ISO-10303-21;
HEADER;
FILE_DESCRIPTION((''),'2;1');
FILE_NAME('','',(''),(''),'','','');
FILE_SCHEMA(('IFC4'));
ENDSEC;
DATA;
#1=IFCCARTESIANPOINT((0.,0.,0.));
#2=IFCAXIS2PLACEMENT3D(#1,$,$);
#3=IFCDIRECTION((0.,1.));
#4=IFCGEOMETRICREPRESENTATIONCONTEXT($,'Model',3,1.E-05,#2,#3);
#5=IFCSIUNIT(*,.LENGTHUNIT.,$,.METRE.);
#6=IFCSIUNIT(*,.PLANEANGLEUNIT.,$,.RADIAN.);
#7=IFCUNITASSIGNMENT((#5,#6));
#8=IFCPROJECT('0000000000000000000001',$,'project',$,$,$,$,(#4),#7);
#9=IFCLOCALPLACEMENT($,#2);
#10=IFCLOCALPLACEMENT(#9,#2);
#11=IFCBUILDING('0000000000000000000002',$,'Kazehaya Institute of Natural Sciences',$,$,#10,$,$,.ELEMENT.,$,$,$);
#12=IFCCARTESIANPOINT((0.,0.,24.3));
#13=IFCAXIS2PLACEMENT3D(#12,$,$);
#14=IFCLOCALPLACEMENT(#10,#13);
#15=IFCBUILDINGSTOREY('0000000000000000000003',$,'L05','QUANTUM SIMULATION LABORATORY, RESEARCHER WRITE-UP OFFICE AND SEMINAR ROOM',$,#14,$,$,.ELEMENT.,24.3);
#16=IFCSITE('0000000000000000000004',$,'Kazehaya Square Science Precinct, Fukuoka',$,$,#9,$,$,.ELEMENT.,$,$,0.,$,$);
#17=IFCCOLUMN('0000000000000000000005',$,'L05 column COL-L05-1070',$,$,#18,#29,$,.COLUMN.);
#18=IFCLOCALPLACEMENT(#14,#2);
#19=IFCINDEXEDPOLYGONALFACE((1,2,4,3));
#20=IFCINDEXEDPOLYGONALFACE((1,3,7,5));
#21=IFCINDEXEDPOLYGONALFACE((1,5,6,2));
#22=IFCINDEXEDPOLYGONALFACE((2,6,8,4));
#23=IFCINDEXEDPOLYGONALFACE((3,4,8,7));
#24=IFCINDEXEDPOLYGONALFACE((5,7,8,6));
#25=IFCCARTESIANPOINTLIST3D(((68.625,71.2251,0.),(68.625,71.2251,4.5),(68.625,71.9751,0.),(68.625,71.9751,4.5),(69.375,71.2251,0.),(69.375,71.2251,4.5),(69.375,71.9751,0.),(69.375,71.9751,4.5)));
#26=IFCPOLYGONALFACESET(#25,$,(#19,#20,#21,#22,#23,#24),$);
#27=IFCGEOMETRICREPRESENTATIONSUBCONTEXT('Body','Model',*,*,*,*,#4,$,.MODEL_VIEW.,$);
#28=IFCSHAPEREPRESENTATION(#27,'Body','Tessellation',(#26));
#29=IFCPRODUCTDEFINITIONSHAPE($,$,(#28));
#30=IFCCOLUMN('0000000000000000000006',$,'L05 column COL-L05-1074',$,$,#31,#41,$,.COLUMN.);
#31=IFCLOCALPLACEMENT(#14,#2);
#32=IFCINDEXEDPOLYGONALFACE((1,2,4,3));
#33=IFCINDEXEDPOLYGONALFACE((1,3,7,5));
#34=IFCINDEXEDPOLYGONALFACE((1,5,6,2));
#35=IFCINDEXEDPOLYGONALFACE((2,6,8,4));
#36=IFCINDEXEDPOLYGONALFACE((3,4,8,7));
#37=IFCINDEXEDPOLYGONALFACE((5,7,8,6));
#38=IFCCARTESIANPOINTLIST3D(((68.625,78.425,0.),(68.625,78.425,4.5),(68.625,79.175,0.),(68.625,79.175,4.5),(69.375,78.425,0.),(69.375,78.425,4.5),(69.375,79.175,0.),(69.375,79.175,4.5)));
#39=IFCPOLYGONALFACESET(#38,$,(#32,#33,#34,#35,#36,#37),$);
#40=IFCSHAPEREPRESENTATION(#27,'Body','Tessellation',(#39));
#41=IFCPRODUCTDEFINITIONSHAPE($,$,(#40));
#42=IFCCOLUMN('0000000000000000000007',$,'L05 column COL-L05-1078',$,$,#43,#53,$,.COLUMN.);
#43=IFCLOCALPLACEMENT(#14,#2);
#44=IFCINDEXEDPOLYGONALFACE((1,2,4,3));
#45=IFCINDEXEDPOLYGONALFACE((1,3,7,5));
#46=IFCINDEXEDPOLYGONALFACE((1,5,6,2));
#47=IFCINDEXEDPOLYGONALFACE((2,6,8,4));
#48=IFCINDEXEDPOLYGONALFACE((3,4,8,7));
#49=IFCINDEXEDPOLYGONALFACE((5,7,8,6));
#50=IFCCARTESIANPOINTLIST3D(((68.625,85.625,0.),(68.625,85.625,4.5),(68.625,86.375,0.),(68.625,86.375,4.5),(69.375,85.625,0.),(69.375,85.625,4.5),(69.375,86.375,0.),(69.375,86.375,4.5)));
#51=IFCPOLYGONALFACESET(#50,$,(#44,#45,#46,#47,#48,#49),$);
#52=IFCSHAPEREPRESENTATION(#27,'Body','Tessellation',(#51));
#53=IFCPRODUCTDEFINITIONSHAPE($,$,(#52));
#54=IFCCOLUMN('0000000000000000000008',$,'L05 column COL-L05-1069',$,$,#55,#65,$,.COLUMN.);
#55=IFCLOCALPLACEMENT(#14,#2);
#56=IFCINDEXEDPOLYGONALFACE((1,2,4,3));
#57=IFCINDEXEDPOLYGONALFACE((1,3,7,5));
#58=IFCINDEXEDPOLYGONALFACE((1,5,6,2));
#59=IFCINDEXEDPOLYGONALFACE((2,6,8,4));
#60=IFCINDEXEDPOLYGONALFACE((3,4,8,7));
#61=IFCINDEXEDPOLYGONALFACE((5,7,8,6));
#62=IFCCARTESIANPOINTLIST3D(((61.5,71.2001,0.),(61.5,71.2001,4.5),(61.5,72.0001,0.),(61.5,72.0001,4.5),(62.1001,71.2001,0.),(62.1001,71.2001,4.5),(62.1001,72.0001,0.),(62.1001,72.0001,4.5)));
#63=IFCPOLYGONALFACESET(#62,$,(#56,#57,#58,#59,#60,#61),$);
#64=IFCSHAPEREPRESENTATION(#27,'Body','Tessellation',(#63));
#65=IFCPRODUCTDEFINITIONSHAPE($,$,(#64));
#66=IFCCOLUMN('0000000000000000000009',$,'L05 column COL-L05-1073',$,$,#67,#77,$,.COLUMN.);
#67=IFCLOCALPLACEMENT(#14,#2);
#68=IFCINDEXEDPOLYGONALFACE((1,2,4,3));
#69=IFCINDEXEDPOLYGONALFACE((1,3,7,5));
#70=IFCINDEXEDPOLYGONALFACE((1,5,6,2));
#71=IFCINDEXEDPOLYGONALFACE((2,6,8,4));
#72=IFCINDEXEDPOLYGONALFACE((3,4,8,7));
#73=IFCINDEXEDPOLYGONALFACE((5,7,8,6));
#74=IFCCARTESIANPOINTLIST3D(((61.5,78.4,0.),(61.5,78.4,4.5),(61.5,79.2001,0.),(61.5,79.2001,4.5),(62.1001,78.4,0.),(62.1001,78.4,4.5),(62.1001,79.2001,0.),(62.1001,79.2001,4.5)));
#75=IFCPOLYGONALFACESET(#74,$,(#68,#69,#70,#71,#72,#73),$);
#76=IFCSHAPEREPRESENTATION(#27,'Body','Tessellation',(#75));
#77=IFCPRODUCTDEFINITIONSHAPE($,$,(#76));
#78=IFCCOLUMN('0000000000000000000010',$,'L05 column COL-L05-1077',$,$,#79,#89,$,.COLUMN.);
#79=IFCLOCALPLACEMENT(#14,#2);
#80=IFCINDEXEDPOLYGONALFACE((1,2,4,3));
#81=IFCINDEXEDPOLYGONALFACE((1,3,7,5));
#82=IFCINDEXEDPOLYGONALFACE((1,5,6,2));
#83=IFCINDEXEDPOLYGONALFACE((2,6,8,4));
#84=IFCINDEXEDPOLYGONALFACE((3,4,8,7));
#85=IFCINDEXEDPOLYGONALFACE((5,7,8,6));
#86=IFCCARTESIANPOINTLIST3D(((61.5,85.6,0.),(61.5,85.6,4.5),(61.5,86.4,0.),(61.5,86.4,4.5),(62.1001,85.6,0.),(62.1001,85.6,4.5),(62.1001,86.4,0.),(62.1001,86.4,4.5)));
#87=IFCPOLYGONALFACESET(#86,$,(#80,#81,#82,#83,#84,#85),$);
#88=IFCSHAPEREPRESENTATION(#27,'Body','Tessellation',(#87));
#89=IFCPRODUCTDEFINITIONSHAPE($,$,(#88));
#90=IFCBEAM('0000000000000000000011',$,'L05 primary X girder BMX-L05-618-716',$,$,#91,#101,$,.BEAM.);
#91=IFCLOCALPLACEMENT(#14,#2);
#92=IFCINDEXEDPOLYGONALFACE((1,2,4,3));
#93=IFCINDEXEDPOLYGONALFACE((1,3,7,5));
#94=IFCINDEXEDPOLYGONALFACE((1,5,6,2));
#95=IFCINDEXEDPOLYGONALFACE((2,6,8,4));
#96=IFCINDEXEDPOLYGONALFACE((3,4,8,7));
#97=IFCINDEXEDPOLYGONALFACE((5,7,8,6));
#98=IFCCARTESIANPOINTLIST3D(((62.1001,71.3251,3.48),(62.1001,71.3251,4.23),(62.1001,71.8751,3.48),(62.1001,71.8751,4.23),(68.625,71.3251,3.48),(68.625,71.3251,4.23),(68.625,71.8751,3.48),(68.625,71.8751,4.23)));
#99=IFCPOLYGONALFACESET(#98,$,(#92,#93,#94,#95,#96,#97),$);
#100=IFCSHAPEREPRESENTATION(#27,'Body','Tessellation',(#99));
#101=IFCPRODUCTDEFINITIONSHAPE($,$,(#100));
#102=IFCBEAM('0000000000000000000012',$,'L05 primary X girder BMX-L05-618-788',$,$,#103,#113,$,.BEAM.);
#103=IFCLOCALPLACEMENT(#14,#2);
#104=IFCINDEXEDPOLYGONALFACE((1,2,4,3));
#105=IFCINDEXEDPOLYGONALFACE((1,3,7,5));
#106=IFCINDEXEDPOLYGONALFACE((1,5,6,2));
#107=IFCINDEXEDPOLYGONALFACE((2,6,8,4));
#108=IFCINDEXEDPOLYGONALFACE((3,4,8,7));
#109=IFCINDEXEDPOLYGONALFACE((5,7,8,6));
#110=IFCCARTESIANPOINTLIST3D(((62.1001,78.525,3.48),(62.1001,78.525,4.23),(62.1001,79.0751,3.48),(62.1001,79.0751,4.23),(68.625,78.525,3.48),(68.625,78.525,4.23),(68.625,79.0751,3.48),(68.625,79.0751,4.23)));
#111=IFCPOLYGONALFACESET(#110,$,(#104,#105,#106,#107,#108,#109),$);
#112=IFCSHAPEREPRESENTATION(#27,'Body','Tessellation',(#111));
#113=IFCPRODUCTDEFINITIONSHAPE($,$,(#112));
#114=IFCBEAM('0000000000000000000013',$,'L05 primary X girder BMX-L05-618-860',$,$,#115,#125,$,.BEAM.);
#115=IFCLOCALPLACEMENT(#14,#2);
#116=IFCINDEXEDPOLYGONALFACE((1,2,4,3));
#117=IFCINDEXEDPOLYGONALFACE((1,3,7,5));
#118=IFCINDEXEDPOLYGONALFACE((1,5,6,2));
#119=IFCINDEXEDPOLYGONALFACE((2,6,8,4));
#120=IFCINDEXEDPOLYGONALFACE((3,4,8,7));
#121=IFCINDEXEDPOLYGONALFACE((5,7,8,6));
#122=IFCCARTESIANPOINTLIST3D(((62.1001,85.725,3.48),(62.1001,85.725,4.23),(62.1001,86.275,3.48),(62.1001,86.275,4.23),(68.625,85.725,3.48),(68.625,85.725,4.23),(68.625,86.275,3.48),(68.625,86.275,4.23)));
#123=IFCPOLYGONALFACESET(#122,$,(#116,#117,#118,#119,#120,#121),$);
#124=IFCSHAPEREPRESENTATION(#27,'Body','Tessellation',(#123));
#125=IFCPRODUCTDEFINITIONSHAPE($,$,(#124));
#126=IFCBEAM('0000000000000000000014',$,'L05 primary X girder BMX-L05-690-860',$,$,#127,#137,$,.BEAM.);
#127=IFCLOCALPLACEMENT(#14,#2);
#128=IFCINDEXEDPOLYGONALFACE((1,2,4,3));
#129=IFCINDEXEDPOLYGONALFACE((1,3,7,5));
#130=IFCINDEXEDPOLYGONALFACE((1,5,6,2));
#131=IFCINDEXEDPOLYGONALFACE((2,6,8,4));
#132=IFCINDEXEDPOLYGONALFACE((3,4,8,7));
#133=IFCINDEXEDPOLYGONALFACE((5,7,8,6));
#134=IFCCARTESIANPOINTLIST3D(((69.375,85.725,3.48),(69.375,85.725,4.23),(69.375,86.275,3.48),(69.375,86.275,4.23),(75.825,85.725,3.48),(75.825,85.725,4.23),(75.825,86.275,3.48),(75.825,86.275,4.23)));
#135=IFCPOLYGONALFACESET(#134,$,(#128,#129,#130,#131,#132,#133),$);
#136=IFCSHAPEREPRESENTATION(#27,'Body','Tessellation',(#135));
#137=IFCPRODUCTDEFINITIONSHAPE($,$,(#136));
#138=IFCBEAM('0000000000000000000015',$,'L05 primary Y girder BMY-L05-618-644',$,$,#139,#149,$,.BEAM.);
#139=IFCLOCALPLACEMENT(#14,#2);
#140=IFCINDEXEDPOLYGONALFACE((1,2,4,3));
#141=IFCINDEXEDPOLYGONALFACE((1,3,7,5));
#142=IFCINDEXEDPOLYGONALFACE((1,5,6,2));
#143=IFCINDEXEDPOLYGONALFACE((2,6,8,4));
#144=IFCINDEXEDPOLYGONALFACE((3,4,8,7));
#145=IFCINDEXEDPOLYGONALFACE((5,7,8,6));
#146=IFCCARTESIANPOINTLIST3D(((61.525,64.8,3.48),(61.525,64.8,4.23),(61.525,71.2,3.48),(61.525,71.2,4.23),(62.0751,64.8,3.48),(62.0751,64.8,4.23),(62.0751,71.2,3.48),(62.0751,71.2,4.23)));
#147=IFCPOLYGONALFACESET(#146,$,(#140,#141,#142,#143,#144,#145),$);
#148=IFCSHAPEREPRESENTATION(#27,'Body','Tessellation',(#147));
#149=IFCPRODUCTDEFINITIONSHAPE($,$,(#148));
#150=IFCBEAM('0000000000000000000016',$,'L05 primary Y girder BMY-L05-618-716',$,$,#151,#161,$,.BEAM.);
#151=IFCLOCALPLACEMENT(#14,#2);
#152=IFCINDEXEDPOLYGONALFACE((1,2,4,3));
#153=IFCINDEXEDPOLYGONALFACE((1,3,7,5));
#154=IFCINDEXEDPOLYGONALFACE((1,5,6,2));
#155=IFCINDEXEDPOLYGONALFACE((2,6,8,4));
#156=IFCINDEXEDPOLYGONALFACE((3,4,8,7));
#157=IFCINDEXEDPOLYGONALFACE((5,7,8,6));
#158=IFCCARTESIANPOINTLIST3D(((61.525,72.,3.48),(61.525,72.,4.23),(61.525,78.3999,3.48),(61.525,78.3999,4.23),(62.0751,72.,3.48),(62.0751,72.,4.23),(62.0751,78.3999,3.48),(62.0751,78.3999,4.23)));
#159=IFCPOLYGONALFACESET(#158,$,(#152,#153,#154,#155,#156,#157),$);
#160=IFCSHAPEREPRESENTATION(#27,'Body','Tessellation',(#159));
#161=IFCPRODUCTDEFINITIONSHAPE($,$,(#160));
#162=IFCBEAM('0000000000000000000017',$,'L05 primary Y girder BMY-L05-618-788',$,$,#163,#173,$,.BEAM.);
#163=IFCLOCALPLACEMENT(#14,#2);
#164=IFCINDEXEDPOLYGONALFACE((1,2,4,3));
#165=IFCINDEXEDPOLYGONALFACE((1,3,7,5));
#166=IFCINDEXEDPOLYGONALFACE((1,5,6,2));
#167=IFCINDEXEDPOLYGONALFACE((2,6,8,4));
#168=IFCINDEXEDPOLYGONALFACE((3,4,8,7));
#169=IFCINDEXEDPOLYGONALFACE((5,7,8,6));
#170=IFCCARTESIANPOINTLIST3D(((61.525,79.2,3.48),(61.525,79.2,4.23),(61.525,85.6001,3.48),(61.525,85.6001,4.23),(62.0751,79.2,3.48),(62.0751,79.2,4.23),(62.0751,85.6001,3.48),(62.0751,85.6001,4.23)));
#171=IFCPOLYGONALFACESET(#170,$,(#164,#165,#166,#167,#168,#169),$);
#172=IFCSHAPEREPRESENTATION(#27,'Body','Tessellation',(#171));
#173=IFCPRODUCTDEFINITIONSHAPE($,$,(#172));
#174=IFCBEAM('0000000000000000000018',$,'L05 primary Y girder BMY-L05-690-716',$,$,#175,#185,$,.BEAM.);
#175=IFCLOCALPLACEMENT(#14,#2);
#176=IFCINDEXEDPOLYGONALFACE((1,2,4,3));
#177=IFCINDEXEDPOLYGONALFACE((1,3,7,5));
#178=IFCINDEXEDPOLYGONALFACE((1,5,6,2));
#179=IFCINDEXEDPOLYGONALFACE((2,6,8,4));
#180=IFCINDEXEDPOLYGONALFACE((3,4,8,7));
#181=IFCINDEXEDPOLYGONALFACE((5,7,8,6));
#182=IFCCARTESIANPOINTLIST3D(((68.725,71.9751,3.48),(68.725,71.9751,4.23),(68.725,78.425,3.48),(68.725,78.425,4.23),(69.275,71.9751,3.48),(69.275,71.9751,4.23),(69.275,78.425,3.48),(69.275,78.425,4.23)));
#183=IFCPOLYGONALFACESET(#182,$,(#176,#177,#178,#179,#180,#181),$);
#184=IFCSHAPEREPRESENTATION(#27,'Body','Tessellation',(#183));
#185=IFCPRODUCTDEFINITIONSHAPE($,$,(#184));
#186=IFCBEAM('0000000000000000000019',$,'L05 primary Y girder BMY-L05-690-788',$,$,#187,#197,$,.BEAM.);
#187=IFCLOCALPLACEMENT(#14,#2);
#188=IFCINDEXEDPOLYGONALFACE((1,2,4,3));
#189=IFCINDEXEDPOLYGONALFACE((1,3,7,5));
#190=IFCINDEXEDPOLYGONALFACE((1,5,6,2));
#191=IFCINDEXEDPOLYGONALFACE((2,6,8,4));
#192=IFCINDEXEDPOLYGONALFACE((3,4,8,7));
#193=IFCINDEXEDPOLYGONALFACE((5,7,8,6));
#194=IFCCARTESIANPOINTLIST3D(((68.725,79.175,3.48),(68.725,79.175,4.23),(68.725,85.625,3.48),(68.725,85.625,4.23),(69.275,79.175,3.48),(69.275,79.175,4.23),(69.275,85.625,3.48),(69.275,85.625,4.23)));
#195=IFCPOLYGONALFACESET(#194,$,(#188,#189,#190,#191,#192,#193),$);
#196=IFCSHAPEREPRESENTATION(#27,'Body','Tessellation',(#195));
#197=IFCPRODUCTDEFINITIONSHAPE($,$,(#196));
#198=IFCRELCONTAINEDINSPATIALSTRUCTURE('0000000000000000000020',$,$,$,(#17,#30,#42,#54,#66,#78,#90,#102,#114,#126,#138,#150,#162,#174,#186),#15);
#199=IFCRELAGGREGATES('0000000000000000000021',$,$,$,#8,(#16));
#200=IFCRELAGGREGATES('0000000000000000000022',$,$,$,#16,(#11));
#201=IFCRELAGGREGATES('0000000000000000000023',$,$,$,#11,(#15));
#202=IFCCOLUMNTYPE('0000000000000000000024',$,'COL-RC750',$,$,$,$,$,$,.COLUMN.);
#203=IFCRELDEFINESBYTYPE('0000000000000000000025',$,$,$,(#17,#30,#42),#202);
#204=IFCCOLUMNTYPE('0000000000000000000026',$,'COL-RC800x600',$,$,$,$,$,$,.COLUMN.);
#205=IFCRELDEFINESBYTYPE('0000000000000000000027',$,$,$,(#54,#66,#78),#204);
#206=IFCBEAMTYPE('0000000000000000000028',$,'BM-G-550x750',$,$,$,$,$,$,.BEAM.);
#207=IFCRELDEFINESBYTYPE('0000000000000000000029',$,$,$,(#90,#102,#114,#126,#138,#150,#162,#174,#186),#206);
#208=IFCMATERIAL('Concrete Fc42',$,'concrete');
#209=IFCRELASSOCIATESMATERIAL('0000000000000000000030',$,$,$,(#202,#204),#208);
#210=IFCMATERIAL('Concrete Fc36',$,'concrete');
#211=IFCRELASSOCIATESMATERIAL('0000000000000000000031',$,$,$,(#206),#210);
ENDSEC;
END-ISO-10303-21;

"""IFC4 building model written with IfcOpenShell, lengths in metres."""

from ifc_helpers import new_model, si_unit, direction, frame, origin, origin_2d, place, context, subcontext, project, spatial, rectangle, extrude, material, material_profile, profile_set, type_object, element, save


model = new_model("IFC4")

# Units and contexts
model_context = context("Model", 3, precision=1e-05, world=origin(), true_north=direction((0.0, 1.0)))
body_context = subcontext(model_context, "Body", "Model", "MODEL_VIEW")
ifc_project = project(units=[si_unit("LENGTHUNIT", "METRE"), si_unit("PLANEANGLEUNIT", "RADIAN")], contexts=[model_context])

# Site, building, storey
site_placement = place(None, origin())
site = spatial("IfcSite", under=ifc_project, at=site_placement, Name="Kazehaya Square Science Precinct, Fukuoka", CompositionType="ELEMENT", RefElevation=0.0)
building_placement = place(site_placement, origin())
building = spatial("IfcBuilding", under=site, at=building_placement, Name="Kazehaya Institute of Natural Sciences", CompositionType="ELEMENT")
storey_placement = place(building_placement, frame((0.0, 0.0, 24.3)))
storey = spatial("IfcBuildingStorey", under=building, at=storey_placement, Name="L05", Description="QUANTUM SIMULATION LABORATORY, RESEARCHER WRITE-UP OFFICE AND SEMINAR ROOM", CompositionType="ELEMENT", Elevation=24.3)

# Columns
ifc_material_1 = material(Name="Concrete Fc42", Category="concrete")
ifc_material_profile_1 = material_profile(ifc_material_1, rectangle(XDim=0.75, YDim=0.75, at=origin_2d()), Name="RC-750x750")
ifc_profile_set_1 = profile_set([ifc_material_profile_1], Name="Concrete Fc42")
column_type_1 = type_object("IfcColumnType", Name="COL-RC750", PredefinedType="COLUMN", material=ifc_profile_set_1)
for number, where, z_axis, x_axis, name in (
    (1, (69.0, 71.6001, 0.0), (0.0, 0.0, 1.0), (1.0, 0.0, 0.0), "L05 column COL-L05-1070"),
    (2, (69.0, 78.8, 0.0), (0.0, 0.0, 1.0), (1.0, 0.0, 0.0), "L05 column COL-L05-1074"),
    (3, (69.0, 86.0, 0.0), (0.0, 0.0, 1.0), (1.0, 0.0, 0.0), "L05 column COL-L05-1078"),
):
    element("IfcColumn", number, at=place(storey_placement, frame(where, z_axis=z_axis, x_axis=x_axis)), inside=storey, type_object=column_type_1, Name=name, PredefinedType="COLUMN", context=body_context, shape_type="SweptSolid", body=[
        extrude(rectangle(XDim=0.75, YDim=0.75, at=origin_2d()), origin(), (0.0, 0.0, 1.0), 4.5),
    ])
ifc_material_profile_2 = material_profile(ifc_material_1, rectangle(XDim=0.6001, YDim=0.8, at=origin_2d()), Name="RC-800x600")
ifc_profile_set_2 = profile_set([ifc_material_profile_2], Name="Concrete Fc42")
column_type_2 = type_object("IfcColumnType", Name="COL-RC800x600", PredefinedType="COLUMN", material=ifc_profile_set_2)
for number, where, z_axis, x_axis, name in (
    (4, (61.8, 71.6001, 0.0), (0.0, 0.0, 1.0), (1.0, 0.0, 0.0), "L05 column COL-L05-1069"),
    (5, (61.8, 78.8, 0.0), (0.0, 0.0, 1.0), (1.0, 0.0, 0.0), "L05 column COL-L05-1073"),
    (6, (61.8, 86.0, 0.0), (0.0, 0.0, 1.0), (1.0, 0.0, 0.0), "L05 column COL-L05-1077"),
):
    element("IfcColumn", number, at=place(storey_placement, frame(where, z_axis=z_axis, x_axis=x_axis)), inside=storey, type_object=column_type_2, Name=name, PredefinedType="COLUMN", context=body_context, shape_type="SweptSolid", body=[
        extrude(rectangle(XDim=0.6001, YDim=0.8, at=origin_2d()), origin(), (0.0, 0.0, 1.0), 4.5),
    ])

# Beams
ifc_material_2 = material(Name="Concrete Fc36", Category="concrete")
ifc_material_profile_3 = material_profile(ifc_material_2, rectangle(XDim=0.55, YDim=0.75, at=origin_2d()), Name="RC-550x750")
ifc_profile_set_3 = profile_set([ifc_material_profile_3], Name="Concrete Fc36")
beam_type = type_object("IfcBeamType", Name="BM-G-550x750", PredefinedType="BEAM", material=ifc_profile_set_3)
for number, where, z_axis, x_axis, name in (
    (7, (62.1001, 71.6001, 3.855), (1.0, 0.0, 0.0), (0.0, 1.0, 0.0), "L05 primary X girder BMX-L05-618-716"),
    (8, (62.1001, 78.8, 3.855), (1.0, 0.0, 0.0), (0.0, 1.0, 0.0), "L05 primary X girder BMX-L05-618-788"),
    (9, (62.1001, 86.0, 3.855), (1.0, 0.0, 0.0), (0.0, 1.0, 0.0), "L05 primary X girder BMX-L05-618-860"),
):
    element("IfcBeam", number, at=place(storey_placement, frame(where, z_axis=z_axis, x_axis=x_axis)), inside=storey, type_object=beam_type, Name=name, PredefinedType="BEAM", context=body_context, shape_type="SweptSolid", body=[
        extrude(rectangle(XDim=0.55, YDim=0.75, at=origin_2d()), origin(), (0.0, 0.0, 1.0), 6.5249),
    ])
beam_1_placement = place(storey_placement, frame((69.375, 86.0, 3.855), z_axis=(1.0, 0.0, 0.0), x_axis=(0.0, 1.0, 0.0)))
element("IfcBeam", 10, at=beam_1_placement, inside=storey, type_object=beam_type, Name="L05 primary X girder BMX-L05-690-860", PredefinedType="BEAM", context=body_context, shape_type="SweptSolid", body=[
    extrude(rectangle(XDim=0.55, YDim=0.75, at=origin_2d()), origin(), (0.0, 0.0, 1.0), 6.45),
])
for number, where, z_axis, x_axis, name in (
    (11, (61.8, 64.8, 3.855), (0.0, 1.0, 0.0), (-1.0, 0.0, 0.0), "L05 primary Y girder BMY-L05-618-644"),
    (12, (61.8, 72.0, 3.855), (0.0, 1.0, 0.0), (-1.0, 0.0, 0.0), "L05 primary Y girder BMY-L05-618-716"),
):
    element("IfcBeam", number, at=place(storey_placement, frame(where, z_axis=z_axis, x_axis=x_axis)), inside=storey, type_object=beam_type, Name=name, PredefinedType="BEAM", context=body_context, shape_type="SweptSolid", body=[
        extrude(rectangle(XDim=0.55, YDim=0.75, at=origin_2d()), origin(), (0.0, 0.0, 1.0), 6.3999),
    ])
beam_2_placement = place(storey_placement, frame((61.8, 79.2, 3.855), z_axis=(0.0, 1.0, 0.0), x_axis=(-1.0, 0.0, 0.0)))
element("IfcBeam", 13, at=beam_2_placement, inside=storey, type_object=beam_type, Name="L05 primary Y girder BMY-L05-618-788", PredefinedType="BEAM", context=body_context, shape_type="SweptSolid", body=[
    extrude(rectangle(XDim=0.55, YDim=0.75, at=origin_2d()), origin(), (0.0, 0.0, 1.0), 6.4001),
])
for number, where, z_axis, x_axis, name in (
    (14, (69.0, 71.9751, 3.855), (0.0, 1.0, 0.0), (-1.0, 0.0, 0.0), "L05 primary Y girder BMY-L05-690-716"),
    (15, (69.0, 79.175, 3.855), (0.0, 1.0, 0.0), (-1.0, 0.0, 0.0), "L05 primary Y girder BMY-L05-690-788"),
):
    element("IfcBeam", number, at=place(storey_placement, frame(where, z_axis=z_axis, x_axis=x_axis)), inside=storey, type_object=beam_type, Name=name, PredefinedType="BEAM", context=body_context, shape_type="SweptSolid", body=[
        extrude(rectangle(XDim=0.55, YDim=0.75, at=origin_2d()), origin(), (0.0, 0.0, 1.0), 6.45),
    ])

save(model, "model.ifc")
